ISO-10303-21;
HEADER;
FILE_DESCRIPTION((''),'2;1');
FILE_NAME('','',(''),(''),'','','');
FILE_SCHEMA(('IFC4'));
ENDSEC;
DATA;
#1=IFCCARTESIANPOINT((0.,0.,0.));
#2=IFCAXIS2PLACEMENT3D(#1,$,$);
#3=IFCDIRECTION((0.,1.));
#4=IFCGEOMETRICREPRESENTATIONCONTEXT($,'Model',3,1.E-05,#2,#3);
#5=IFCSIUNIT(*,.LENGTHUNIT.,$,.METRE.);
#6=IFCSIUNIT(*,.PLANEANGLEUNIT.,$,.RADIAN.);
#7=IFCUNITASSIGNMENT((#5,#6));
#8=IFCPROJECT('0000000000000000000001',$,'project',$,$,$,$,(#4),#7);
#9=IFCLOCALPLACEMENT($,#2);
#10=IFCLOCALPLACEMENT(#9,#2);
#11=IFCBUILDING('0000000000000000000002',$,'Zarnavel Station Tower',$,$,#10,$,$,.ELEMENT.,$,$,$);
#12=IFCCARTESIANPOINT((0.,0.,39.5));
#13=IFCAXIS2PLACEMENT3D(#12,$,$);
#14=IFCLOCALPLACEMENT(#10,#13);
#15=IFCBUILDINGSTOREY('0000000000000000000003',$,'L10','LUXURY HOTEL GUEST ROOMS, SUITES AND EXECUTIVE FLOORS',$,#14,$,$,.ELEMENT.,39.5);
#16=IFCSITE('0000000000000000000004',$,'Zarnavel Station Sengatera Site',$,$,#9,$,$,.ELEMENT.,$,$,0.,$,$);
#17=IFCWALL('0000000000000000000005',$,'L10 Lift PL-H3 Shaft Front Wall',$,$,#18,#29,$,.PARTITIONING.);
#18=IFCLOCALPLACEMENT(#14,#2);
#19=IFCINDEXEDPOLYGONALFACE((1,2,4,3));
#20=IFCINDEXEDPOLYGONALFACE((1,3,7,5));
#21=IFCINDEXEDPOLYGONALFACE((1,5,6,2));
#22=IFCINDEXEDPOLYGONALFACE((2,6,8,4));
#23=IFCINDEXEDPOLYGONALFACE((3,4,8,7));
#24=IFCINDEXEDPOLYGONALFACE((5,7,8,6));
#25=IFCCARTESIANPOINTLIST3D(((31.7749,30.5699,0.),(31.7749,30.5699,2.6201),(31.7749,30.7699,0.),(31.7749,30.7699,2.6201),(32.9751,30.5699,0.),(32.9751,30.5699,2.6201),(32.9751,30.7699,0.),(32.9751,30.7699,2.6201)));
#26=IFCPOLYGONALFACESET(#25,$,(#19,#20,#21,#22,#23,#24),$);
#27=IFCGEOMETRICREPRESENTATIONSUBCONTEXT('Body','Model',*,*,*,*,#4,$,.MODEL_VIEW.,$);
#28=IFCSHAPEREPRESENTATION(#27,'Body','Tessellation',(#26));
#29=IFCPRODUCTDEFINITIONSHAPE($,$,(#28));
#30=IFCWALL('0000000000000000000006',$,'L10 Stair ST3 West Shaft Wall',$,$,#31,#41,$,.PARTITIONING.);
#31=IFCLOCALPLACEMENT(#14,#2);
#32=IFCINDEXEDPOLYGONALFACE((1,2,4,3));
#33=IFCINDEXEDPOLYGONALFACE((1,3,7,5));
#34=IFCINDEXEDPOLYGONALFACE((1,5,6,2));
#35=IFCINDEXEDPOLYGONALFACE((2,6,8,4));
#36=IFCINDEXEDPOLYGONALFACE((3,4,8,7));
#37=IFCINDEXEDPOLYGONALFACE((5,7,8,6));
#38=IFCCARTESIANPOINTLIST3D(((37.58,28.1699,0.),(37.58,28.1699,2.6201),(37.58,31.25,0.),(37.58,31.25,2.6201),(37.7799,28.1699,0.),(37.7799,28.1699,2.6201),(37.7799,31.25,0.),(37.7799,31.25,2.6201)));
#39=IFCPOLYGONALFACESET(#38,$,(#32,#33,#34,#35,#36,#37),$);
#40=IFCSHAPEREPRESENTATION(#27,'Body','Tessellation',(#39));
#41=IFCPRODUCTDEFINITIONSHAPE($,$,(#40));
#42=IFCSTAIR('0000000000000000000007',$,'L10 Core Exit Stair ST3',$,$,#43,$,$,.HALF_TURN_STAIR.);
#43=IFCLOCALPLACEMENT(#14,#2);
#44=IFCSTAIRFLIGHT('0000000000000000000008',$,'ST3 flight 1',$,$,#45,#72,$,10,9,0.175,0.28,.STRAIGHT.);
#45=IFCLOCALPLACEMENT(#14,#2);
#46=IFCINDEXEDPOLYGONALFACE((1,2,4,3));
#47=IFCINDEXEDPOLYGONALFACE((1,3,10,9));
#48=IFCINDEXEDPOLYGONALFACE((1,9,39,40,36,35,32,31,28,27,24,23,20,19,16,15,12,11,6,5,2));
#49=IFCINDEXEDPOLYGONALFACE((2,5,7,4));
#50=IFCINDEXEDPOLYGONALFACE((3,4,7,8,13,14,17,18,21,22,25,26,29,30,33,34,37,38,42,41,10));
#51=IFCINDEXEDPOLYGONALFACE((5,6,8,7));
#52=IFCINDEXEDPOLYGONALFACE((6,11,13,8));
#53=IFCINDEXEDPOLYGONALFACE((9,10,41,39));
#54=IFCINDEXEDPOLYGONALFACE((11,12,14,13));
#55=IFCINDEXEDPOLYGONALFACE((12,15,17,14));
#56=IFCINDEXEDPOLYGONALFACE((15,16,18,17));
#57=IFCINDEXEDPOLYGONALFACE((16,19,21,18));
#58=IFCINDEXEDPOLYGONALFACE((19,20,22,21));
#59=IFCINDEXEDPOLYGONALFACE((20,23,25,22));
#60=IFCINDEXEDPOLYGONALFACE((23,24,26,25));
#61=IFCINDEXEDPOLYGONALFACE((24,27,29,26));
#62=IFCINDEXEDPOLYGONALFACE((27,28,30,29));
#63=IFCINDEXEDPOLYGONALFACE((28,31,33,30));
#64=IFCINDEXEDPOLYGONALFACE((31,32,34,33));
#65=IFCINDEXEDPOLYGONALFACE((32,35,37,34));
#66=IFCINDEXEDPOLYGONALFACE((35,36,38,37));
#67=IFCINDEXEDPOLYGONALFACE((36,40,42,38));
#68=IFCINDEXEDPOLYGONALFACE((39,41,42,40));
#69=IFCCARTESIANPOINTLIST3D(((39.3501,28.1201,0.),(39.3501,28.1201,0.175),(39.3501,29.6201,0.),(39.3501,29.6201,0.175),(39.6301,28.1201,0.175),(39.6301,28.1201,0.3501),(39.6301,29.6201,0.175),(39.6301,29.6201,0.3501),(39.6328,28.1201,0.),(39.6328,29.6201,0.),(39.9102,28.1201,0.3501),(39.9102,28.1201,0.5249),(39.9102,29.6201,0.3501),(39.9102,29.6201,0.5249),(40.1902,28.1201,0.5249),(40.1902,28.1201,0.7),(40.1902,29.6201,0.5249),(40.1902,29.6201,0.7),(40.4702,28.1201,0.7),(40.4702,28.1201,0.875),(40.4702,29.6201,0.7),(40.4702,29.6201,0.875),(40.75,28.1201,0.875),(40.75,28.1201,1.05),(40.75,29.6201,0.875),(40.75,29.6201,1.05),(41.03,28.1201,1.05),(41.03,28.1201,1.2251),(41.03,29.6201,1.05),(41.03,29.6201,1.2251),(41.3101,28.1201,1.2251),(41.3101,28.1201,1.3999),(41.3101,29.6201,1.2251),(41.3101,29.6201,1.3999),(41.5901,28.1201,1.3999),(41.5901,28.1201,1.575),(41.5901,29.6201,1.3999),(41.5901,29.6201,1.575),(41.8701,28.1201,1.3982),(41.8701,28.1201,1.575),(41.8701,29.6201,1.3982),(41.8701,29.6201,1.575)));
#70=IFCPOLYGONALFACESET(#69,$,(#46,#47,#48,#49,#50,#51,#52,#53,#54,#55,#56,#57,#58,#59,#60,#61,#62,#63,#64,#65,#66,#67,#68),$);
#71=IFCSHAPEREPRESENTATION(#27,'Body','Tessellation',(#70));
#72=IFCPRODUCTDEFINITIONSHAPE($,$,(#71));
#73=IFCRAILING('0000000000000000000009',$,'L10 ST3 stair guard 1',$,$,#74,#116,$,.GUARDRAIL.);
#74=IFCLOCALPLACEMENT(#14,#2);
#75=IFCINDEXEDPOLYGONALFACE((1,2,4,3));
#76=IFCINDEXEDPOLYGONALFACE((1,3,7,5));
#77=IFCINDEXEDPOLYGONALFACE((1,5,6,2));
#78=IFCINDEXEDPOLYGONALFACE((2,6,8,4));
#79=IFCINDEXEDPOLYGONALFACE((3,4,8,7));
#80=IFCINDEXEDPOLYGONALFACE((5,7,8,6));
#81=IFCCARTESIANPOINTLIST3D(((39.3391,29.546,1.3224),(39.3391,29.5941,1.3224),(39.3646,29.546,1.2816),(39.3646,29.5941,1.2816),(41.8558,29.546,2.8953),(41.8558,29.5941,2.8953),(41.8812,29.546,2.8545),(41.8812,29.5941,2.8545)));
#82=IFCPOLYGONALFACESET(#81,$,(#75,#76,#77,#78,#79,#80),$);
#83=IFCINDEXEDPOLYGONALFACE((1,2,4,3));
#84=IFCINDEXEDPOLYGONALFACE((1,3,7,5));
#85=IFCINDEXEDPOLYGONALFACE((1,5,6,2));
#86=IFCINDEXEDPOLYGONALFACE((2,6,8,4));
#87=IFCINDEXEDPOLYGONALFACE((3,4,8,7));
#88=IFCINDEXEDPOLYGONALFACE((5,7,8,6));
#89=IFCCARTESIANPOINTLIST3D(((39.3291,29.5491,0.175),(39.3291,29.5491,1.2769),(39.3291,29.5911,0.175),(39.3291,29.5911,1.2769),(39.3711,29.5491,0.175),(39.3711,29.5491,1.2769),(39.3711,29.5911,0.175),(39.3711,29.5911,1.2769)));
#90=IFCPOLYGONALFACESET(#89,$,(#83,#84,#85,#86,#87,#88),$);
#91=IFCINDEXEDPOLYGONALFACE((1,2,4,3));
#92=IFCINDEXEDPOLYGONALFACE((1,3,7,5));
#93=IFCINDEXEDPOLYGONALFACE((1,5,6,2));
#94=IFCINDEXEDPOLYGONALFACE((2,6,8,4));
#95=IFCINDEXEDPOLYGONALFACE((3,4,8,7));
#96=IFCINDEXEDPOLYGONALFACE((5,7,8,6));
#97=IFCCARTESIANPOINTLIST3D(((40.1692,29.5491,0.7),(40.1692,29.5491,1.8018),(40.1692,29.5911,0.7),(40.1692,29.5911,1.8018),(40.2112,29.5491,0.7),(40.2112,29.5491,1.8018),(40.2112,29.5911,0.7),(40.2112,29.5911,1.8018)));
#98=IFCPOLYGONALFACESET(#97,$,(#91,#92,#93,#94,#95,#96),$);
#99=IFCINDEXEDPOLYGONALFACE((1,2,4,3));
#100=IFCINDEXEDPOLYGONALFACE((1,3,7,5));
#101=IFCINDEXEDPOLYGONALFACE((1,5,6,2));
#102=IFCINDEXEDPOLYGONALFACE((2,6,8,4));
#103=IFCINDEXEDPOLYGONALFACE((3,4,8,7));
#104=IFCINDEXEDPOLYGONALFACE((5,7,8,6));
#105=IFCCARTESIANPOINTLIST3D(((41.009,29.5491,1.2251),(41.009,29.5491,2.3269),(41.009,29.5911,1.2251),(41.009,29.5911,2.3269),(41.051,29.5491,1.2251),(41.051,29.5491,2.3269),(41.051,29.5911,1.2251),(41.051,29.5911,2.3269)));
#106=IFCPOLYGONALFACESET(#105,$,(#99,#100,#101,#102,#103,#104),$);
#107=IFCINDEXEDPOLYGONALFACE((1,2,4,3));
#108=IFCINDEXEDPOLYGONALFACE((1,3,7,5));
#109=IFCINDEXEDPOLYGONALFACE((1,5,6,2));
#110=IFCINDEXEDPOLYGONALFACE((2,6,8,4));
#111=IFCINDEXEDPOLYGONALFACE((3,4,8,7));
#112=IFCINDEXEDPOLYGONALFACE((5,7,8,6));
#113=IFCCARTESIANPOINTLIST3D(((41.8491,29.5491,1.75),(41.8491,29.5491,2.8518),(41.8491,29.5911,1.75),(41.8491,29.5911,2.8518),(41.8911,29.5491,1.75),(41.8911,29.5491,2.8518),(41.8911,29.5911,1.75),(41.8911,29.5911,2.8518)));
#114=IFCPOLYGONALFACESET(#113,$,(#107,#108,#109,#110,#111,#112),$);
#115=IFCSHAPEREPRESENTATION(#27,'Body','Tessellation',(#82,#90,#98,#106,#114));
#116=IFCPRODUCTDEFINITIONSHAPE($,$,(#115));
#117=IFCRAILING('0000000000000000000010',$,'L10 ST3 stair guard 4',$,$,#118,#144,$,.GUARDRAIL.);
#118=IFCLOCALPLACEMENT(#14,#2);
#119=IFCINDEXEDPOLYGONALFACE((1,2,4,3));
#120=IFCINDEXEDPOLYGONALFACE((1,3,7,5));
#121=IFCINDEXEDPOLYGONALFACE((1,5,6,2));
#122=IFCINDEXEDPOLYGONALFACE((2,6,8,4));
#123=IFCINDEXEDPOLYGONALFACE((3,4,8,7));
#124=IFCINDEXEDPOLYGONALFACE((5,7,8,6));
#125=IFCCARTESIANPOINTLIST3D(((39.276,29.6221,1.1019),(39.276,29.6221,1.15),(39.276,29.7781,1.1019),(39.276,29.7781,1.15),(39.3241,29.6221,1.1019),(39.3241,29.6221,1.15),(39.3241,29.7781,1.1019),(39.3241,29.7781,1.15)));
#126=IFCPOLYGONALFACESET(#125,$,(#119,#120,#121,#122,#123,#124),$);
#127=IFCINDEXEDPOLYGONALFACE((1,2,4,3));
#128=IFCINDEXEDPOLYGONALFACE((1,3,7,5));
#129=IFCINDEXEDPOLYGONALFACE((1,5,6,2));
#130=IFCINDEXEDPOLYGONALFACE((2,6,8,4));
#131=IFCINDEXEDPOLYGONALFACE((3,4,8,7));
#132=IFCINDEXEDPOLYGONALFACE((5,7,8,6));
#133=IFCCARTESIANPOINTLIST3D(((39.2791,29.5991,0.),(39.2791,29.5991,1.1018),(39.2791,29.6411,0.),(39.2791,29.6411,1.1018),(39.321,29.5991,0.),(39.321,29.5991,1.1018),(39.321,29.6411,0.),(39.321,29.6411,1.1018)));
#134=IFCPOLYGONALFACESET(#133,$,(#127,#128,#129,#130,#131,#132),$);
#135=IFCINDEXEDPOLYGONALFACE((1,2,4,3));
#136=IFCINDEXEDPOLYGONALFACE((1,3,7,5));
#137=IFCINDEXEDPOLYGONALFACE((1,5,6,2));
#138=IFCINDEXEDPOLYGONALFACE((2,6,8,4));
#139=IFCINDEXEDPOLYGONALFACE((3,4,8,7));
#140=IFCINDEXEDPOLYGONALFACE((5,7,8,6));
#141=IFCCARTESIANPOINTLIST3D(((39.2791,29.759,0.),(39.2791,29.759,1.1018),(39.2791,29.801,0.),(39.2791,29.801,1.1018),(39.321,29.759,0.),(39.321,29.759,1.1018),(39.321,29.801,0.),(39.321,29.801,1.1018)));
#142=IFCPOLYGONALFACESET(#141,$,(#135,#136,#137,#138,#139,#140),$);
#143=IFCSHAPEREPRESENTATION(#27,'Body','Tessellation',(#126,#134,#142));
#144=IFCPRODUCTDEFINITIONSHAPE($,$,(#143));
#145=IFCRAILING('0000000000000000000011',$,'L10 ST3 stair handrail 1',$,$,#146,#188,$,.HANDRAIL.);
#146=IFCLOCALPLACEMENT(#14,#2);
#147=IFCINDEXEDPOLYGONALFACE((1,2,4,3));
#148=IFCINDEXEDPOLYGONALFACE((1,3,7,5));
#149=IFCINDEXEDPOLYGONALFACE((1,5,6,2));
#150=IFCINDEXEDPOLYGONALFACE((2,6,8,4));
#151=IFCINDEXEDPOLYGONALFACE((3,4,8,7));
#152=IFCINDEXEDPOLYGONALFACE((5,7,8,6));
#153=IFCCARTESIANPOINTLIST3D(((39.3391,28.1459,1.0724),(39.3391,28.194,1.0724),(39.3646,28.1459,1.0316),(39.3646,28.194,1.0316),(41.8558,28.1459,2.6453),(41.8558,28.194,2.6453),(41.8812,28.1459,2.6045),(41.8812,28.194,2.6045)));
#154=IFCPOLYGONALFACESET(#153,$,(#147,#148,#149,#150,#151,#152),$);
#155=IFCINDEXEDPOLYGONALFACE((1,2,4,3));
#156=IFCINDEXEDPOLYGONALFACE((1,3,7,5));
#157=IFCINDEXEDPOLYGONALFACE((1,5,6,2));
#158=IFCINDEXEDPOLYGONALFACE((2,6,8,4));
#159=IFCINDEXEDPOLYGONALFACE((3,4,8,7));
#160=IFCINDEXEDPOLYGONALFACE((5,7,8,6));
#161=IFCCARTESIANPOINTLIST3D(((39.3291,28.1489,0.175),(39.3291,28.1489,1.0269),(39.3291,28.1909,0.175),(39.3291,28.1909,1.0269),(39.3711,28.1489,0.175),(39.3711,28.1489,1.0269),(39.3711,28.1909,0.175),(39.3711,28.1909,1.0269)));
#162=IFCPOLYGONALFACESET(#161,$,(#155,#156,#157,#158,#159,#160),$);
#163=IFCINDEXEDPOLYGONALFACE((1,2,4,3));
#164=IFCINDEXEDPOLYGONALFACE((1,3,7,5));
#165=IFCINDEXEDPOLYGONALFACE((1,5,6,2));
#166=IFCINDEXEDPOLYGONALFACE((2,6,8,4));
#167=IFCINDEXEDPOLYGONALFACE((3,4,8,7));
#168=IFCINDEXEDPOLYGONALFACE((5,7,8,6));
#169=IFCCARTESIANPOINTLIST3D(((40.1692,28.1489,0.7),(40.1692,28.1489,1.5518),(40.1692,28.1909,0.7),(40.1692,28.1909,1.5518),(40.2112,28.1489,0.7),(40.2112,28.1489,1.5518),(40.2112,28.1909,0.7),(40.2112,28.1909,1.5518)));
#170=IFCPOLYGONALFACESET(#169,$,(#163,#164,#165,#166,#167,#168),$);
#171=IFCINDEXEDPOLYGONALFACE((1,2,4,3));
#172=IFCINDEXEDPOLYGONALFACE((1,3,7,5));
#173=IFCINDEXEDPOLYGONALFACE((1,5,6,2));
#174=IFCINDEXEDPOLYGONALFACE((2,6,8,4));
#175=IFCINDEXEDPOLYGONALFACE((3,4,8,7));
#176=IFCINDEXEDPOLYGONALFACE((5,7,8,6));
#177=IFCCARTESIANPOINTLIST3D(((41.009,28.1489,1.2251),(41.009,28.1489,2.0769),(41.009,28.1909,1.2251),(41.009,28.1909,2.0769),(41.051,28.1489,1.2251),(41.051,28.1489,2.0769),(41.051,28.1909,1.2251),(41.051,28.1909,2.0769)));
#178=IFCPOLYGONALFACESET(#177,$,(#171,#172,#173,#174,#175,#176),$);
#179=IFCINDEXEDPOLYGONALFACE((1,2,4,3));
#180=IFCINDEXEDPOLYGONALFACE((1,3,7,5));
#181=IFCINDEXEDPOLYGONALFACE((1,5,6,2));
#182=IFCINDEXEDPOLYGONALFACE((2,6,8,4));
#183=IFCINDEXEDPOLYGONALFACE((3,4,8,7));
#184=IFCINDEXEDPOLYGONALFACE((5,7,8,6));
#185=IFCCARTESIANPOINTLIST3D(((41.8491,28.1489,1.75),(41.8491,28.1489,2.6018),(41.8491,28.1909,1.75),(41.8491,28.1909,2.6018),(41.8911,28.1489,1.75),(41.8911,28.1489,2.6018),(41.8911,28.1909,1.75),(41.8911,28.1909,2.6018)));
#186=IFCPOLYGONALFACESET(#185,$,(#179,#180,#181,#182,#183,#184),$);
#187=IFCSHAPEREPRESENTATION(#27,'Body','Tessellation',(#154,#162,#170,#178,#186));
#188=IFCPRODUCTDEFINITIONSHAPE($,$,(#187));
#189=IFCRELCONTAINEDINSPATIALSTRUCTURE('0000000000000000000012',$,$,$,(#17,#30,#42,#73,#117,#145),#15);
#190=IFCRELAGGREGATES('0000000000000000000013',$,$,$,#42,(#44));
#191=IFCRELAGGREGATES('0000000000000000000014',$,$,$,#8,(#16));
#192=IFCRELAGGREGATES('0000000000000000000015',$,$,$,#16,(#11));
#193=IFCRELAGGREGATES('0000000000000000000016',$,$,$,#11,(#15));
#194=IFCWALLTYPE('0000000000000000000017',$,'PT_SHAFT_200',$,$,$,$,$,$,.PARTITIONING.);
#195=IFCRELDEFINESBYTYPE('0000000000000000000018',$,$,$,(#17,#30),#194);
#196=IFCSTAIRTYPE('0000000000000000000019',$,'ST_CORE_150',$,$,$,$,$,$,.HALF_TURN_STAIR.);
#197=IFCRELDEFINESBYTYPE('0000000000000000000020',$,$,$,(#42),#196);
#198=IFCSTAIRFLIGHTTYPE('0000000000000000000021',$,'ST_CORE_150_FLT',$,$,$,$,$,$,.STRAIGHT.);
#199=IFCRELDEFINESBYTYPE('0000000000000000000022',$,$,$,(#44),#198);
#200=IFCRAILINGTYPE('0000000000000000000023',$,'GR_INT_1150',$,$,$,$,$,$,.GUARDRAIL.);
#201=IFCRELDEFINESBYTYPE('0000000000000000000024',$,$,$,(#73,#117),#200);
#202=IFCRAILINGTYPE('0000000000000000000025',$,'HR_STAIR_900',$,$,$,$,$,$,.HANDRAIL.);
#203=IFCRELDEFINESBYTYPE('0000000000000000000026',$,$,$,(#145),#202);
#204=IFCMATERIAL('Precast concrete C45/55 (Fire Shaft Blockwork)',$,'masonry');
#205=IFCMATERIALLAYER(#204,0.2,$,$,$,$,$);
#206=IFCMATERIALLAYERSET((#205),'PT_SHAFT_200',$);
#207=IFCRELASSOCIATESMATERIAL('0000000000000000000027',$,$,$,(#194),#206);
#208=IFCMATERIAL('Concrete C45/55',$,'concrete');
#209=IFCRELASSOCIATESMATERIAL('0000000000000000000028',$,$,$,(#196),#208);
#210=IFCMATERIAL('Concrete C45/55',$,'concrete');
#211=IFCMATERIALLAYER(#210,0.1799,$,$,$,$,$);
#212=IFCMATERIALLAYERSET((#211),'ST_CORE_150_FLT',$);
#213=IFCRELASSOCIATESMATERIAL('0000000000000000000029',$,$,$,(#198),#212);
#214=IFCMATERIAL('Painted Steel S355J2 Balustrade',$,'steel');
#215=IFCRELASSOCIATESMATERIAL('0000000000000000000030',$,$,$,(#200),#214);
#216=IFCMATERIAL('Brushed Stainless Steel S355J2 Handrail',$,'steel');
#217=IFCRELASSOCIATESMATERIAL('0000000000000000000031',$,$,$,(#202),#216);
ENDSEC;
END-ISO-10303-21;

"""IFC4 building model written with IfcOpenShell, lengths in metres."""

from ifc_helpers import new_model, si_unit, direction, frame, frame_2d, origin, origin_2d, place, context, subcontext, project, spatial, polyline, rectangle, outline, extrude, material, layer, layer_set, type_object, element, aggregate, save


model = new_model("IFC4")

# Units and contexts
model_context = context("Model", 3, precision=1e-05, world=origin(), true_north=direction((0.0, 1.0)))
body_context = subcontext(model_context, "Body", "Model", "MODEL_VIEW")
ifc_project = project(units=[si_unit("LENGTHUNIT", "METRE"), si_unit("PLANEANGLEUNIT", "RADIAN")], contexts=[model_context])

# Site, building, storey
site_placement = place(None, origin())
site = spatial("IfcSite", under=ifc_project, at=site_placement, Name="Zarnavel Station Sengatera Site", CompositionType="ELEMENT", RefElevation=0.0)
building_placement = place(site_placement, origin())
building = spatial("IfcBuilding", under=site, at=building_placement, Name="Zarnavel Station Tower", CompositionType="ELEMENT")
storey_placement = place(building_placement, frame((0.0, 0.0, 39.5)))
storey = spatial("IfcBuildingStorey", under=building, at=storey_placement, Name="L10", Description="LUXURY HOTEL GUEST ROOMS, SUITES AND EXECUTIVE FLOORS", CompositionType="ELEMENT", Elevation=39.5)

# Walls
ifc_material_1 = material(Name="Precast concrete C45/55 (Fire Shaft Blockwork)", Category="masonry")
ifc_layer_1 = layer(ifc_material_1, 0.2)
ifc_layer_set_1 = layer_set([ifc_layer_1], Name="PT_SHAFT_200")
wall_type_1 = type_object("IfcWallType", Name="PT_SHAFT_200", PredefinedType="PARTITIONING", material=ifc_layer_set_1)
wall_1_placement = place(storey_placement, frame((31.7749, 30.6699, 0.0), z_axis=(0.0, 0.0, 1.0), x_axis=(1.0, 0.0, 0.0)))
element("IfcWall", 1, at=wall_1_placement, inside=storey, type_object=wall_type_1, Name="L10 Lift PL-H3 Shaft Front Wall", PredefinedType="PARTITIONING", context=body_context, shape_type="SweptSolid", body=[
    extrude(rectangle(XDim=1.2002, YDim=0.2, at=frame_2d((0.6001, 0.0))), origin(), (0.0, 0.0, 1.0), 2.6201),
])
wall_2_placement = place(storey_placement, frame((37.6799, 28.1699, 0.0), z_axis=(0.0, 0.0, 1.0), x_axis=(0.0, 1.0, 0.0)))
element("IfcWall", 2, at=wall_2_placement, inside=storey, type_object=wall_type_1, Name="L10 Stair ST3 West Shaft Wall", PredefinedType="PARTITIONING", context=body_context, shape_type="SweptSolid", body=[
    extrude(rectangle(XDim=3.0801, YDim=0.2, at=frame_2d((1.54, 0.0))), origin(), (0.0, 0.0, 1.0), 2.6201),
])

# Stair, stair flight
ifc_material_2 = material(Name="Concrete C45/55", Category="concrete")
stair_type = type_object("IfcStairType", Name="ST_CORE_150", PredefinedType="HALF_TURN_STAIR", material=ifc_material_2)
stair_placement = place(storey_placement, origin())
stair = element("IfcStair", 3, at=stair_placement, inside=storey, type_object=stair_type, Name="L10 Core Exit Stair ST3", PredefinedType="HALF_TURN_STAIR")
ifc_material_3 = material(Name="Concrete C45/55", Category="concrete")
ifc_layer_2 = layer(ifc_material_3, 0.1799)
ifc_layer_set_2 = layer_set([ifc_layer_2], Name="ST_CORE_150_FLT")
stair_flight_type = type_object("IfcStairFlightType", Name="ST_CORE_150_FLT", PredefinedType="STRAIGHT", material=ifc_layer_set_2)
stair_flight_placement = place(storey_placement, frame((39.3501, 28.8701, 0.0), z_axis=(0.0, 0.0, 1.0), x_axis=(1.0, 0.0, 0.0)))
stair_flight = element("IfcStairFlight", 4, at=stair_flight_placement, type_object=stair_flight_type, Name="ST3 flight 1", NumberOfRisers=10, NumberOfTreads=9, PredefinedType="STRAIGHT", RiserHeight=0.175, TreadLength=0.28, context=body_context, shape_type="SweptSolid", body=[
    extrude(outline(polyline([(0.0, 0.0), (0.0, 0.175), (0.28, 0.175), (0.28, 0.3501), (0.5601, 0.3501), (0.5601, 0.5249), (0.8401, 0.5249), (0.8401, 0.7), (1.1201, 0.7), (1.1201, 0.875), (1.3999, 0.875), (1.3999, 1.05), (1.6799, 1.05), (1.6799, 1.2251), (1.96, 1.2251), (1.96, 1.3999), (2.24, 1.3999), (2.24, 1.575), (2.52, 1.575), (2.52, 1.75), (2.52, 1.3982), (0.2827, 0.0), (0.0, 0.0)])), frame((0.0, 0.75, 0.0), z_axis=(0.0, -1.0, 0.0), x_axis=(1.0, 0.0, 0.0)), (0.0, 0.0, 1.0), 1.5),
])
aggregate(stair, [stair_flight])

# Railings
ifc_material_4 = material(Name="Painted Steel S355J2 Balustrade", Category="steel")
railing_type_1 = type_object("IfcRailingType", Name="GR_INT_1150", PredefinedType="GUARDRAIL", material=ifc_material_4)
railing_1_placement = place(storey_placement, frame((39.3501, 29.5701, 0.175)))
element("IfcRailing", 5, at=railing_1_placement, inside=storey, type_object=railing_type_1, Name="L10 ST3 stair guard 1", PredefinedType="GUARDRAIL", context=body_context, shape_type="SweptSolid", body=[
    extrude(rectangle(XDim=0.0481, YDim=0.0481, at=origin_2d()), frame((0.0017, 0.0, 1.127), z_axis=(0.848008, 0.0, 0.529984), x_axis=(0.0, 1.0, 0.0)), (0.0, 0.0, 1.0), 2.9678),
    extrude(rectangle(XDim=0.042, YDim=0.042, at=origin_2d()), origin(), (0.0, 0.0, 1.0), 1.1018),
    extrude(rectangle(XDim=0.042, YDim=0.042, at=origin_2d()), frame((0.8401, 0.0, 0.5249)), (0.0, 0.0, 1.0), 1.1018),
    extrude(rectangle(XDim=0.042, YDim=0.042, at=origin_2d()), frame((1.6799, 0.0, 1.05)), (0.0, 0.0, 1.0), 1.1018),
    extrude(rectangle(XDim=0.042, YDim=0.042, at=origin_2d()), frame((2.52, 0.0, 1.575)), (0.0, 0.0, 1.0), 1.1018),
])
railing_2_placement = place(storey_placement, frame((39.3, 29.6201, 0.0)))
element("IfcRailing", 6, at=railing_2_placement, inside=storey, type_object=railing_type_1, Name="L10 ST3 stair guard 4", PredefinedType="GUARDRAIL", context=body_context, shape_type="SweptSolid", body=[
    extrude(rectangle(XDim=0.0481, YDim=0.0481, at=origin_2d()), frame((0.0, 0.002, 1.126), z_axis=(0.0, 1.0, 0.0), x_axis=(-1.0, 0.0, 0.0)), (0.0, 0.0, 1.0), 0.156),
    extrude(rectangle(XDim=0.042, YDim=0.042, at=origin_2d()), origin(), (0.0, 0.0, 1.0), 1.1018),
    extrude(rectangle(XDim=0.042, YDim=0.042, at=origin_2d()), frame((0.0, 0.1599, 0.0)), (0.0, 0.0, 1.0), 1.1018),
])
ifc_material_5 = material(Name="Brushed Stainless Steel S355J2 Handrail", Category="steel")
railing_type_2 = type_object("IfcRailingType", Name="HR_STAIR_900", PredefinedType="HANDRAIL", material=ifc_material_5)
railing_3_placement = place(storey_placement, frame((39.3501, 28.1699, 0.175)))
element("IfcRailing", 7, at=railing_3_placement, inside=storey, type_object=railing_type_2, Name="L10 ST3 stair handrail 1", PredefinedType="HANDRAIL", context=body_context, shape_type="SweptSolid", body=[
    extrude(rectangle(XDim=0.0481, YDim=0.0481, at=origin_2d()), frame((0.0017, 0.0, 0.877), z_axis=(0.848008, 0.0, 0.529984), x_axis=(0.0, 1.0, 0.0)), (0.0, 0.0, 1.0), 2.9678),
    extrude(rectangle(XDim=0.042, YDim=0.042, at=origin_2d()), origin(), (0.0, 0.0, 1.0), 0.8518),
    extrude(rectangle(XDim=0.042, YDim=0.042, at=origin_2d()), frame((0.8401, 0.0, 0.5249)), (0.0, 0.0, 1.0), 0.8518),
    extrude(rectangle(XDim=0.042, YDim=0.042, at=origin_2d()), frame((1.6799, 0.0, 1.05)), (0.0, 0.0, 1.0), 0.8518),
    extrude(rectangle(XDim=0.042, YDim=0.042, at=origin_2d()), frame((2.52, 0.0, 1.575)), (0.0, 0.0, 1.0), 0.8518),
])

save(model, "model.ifc")
